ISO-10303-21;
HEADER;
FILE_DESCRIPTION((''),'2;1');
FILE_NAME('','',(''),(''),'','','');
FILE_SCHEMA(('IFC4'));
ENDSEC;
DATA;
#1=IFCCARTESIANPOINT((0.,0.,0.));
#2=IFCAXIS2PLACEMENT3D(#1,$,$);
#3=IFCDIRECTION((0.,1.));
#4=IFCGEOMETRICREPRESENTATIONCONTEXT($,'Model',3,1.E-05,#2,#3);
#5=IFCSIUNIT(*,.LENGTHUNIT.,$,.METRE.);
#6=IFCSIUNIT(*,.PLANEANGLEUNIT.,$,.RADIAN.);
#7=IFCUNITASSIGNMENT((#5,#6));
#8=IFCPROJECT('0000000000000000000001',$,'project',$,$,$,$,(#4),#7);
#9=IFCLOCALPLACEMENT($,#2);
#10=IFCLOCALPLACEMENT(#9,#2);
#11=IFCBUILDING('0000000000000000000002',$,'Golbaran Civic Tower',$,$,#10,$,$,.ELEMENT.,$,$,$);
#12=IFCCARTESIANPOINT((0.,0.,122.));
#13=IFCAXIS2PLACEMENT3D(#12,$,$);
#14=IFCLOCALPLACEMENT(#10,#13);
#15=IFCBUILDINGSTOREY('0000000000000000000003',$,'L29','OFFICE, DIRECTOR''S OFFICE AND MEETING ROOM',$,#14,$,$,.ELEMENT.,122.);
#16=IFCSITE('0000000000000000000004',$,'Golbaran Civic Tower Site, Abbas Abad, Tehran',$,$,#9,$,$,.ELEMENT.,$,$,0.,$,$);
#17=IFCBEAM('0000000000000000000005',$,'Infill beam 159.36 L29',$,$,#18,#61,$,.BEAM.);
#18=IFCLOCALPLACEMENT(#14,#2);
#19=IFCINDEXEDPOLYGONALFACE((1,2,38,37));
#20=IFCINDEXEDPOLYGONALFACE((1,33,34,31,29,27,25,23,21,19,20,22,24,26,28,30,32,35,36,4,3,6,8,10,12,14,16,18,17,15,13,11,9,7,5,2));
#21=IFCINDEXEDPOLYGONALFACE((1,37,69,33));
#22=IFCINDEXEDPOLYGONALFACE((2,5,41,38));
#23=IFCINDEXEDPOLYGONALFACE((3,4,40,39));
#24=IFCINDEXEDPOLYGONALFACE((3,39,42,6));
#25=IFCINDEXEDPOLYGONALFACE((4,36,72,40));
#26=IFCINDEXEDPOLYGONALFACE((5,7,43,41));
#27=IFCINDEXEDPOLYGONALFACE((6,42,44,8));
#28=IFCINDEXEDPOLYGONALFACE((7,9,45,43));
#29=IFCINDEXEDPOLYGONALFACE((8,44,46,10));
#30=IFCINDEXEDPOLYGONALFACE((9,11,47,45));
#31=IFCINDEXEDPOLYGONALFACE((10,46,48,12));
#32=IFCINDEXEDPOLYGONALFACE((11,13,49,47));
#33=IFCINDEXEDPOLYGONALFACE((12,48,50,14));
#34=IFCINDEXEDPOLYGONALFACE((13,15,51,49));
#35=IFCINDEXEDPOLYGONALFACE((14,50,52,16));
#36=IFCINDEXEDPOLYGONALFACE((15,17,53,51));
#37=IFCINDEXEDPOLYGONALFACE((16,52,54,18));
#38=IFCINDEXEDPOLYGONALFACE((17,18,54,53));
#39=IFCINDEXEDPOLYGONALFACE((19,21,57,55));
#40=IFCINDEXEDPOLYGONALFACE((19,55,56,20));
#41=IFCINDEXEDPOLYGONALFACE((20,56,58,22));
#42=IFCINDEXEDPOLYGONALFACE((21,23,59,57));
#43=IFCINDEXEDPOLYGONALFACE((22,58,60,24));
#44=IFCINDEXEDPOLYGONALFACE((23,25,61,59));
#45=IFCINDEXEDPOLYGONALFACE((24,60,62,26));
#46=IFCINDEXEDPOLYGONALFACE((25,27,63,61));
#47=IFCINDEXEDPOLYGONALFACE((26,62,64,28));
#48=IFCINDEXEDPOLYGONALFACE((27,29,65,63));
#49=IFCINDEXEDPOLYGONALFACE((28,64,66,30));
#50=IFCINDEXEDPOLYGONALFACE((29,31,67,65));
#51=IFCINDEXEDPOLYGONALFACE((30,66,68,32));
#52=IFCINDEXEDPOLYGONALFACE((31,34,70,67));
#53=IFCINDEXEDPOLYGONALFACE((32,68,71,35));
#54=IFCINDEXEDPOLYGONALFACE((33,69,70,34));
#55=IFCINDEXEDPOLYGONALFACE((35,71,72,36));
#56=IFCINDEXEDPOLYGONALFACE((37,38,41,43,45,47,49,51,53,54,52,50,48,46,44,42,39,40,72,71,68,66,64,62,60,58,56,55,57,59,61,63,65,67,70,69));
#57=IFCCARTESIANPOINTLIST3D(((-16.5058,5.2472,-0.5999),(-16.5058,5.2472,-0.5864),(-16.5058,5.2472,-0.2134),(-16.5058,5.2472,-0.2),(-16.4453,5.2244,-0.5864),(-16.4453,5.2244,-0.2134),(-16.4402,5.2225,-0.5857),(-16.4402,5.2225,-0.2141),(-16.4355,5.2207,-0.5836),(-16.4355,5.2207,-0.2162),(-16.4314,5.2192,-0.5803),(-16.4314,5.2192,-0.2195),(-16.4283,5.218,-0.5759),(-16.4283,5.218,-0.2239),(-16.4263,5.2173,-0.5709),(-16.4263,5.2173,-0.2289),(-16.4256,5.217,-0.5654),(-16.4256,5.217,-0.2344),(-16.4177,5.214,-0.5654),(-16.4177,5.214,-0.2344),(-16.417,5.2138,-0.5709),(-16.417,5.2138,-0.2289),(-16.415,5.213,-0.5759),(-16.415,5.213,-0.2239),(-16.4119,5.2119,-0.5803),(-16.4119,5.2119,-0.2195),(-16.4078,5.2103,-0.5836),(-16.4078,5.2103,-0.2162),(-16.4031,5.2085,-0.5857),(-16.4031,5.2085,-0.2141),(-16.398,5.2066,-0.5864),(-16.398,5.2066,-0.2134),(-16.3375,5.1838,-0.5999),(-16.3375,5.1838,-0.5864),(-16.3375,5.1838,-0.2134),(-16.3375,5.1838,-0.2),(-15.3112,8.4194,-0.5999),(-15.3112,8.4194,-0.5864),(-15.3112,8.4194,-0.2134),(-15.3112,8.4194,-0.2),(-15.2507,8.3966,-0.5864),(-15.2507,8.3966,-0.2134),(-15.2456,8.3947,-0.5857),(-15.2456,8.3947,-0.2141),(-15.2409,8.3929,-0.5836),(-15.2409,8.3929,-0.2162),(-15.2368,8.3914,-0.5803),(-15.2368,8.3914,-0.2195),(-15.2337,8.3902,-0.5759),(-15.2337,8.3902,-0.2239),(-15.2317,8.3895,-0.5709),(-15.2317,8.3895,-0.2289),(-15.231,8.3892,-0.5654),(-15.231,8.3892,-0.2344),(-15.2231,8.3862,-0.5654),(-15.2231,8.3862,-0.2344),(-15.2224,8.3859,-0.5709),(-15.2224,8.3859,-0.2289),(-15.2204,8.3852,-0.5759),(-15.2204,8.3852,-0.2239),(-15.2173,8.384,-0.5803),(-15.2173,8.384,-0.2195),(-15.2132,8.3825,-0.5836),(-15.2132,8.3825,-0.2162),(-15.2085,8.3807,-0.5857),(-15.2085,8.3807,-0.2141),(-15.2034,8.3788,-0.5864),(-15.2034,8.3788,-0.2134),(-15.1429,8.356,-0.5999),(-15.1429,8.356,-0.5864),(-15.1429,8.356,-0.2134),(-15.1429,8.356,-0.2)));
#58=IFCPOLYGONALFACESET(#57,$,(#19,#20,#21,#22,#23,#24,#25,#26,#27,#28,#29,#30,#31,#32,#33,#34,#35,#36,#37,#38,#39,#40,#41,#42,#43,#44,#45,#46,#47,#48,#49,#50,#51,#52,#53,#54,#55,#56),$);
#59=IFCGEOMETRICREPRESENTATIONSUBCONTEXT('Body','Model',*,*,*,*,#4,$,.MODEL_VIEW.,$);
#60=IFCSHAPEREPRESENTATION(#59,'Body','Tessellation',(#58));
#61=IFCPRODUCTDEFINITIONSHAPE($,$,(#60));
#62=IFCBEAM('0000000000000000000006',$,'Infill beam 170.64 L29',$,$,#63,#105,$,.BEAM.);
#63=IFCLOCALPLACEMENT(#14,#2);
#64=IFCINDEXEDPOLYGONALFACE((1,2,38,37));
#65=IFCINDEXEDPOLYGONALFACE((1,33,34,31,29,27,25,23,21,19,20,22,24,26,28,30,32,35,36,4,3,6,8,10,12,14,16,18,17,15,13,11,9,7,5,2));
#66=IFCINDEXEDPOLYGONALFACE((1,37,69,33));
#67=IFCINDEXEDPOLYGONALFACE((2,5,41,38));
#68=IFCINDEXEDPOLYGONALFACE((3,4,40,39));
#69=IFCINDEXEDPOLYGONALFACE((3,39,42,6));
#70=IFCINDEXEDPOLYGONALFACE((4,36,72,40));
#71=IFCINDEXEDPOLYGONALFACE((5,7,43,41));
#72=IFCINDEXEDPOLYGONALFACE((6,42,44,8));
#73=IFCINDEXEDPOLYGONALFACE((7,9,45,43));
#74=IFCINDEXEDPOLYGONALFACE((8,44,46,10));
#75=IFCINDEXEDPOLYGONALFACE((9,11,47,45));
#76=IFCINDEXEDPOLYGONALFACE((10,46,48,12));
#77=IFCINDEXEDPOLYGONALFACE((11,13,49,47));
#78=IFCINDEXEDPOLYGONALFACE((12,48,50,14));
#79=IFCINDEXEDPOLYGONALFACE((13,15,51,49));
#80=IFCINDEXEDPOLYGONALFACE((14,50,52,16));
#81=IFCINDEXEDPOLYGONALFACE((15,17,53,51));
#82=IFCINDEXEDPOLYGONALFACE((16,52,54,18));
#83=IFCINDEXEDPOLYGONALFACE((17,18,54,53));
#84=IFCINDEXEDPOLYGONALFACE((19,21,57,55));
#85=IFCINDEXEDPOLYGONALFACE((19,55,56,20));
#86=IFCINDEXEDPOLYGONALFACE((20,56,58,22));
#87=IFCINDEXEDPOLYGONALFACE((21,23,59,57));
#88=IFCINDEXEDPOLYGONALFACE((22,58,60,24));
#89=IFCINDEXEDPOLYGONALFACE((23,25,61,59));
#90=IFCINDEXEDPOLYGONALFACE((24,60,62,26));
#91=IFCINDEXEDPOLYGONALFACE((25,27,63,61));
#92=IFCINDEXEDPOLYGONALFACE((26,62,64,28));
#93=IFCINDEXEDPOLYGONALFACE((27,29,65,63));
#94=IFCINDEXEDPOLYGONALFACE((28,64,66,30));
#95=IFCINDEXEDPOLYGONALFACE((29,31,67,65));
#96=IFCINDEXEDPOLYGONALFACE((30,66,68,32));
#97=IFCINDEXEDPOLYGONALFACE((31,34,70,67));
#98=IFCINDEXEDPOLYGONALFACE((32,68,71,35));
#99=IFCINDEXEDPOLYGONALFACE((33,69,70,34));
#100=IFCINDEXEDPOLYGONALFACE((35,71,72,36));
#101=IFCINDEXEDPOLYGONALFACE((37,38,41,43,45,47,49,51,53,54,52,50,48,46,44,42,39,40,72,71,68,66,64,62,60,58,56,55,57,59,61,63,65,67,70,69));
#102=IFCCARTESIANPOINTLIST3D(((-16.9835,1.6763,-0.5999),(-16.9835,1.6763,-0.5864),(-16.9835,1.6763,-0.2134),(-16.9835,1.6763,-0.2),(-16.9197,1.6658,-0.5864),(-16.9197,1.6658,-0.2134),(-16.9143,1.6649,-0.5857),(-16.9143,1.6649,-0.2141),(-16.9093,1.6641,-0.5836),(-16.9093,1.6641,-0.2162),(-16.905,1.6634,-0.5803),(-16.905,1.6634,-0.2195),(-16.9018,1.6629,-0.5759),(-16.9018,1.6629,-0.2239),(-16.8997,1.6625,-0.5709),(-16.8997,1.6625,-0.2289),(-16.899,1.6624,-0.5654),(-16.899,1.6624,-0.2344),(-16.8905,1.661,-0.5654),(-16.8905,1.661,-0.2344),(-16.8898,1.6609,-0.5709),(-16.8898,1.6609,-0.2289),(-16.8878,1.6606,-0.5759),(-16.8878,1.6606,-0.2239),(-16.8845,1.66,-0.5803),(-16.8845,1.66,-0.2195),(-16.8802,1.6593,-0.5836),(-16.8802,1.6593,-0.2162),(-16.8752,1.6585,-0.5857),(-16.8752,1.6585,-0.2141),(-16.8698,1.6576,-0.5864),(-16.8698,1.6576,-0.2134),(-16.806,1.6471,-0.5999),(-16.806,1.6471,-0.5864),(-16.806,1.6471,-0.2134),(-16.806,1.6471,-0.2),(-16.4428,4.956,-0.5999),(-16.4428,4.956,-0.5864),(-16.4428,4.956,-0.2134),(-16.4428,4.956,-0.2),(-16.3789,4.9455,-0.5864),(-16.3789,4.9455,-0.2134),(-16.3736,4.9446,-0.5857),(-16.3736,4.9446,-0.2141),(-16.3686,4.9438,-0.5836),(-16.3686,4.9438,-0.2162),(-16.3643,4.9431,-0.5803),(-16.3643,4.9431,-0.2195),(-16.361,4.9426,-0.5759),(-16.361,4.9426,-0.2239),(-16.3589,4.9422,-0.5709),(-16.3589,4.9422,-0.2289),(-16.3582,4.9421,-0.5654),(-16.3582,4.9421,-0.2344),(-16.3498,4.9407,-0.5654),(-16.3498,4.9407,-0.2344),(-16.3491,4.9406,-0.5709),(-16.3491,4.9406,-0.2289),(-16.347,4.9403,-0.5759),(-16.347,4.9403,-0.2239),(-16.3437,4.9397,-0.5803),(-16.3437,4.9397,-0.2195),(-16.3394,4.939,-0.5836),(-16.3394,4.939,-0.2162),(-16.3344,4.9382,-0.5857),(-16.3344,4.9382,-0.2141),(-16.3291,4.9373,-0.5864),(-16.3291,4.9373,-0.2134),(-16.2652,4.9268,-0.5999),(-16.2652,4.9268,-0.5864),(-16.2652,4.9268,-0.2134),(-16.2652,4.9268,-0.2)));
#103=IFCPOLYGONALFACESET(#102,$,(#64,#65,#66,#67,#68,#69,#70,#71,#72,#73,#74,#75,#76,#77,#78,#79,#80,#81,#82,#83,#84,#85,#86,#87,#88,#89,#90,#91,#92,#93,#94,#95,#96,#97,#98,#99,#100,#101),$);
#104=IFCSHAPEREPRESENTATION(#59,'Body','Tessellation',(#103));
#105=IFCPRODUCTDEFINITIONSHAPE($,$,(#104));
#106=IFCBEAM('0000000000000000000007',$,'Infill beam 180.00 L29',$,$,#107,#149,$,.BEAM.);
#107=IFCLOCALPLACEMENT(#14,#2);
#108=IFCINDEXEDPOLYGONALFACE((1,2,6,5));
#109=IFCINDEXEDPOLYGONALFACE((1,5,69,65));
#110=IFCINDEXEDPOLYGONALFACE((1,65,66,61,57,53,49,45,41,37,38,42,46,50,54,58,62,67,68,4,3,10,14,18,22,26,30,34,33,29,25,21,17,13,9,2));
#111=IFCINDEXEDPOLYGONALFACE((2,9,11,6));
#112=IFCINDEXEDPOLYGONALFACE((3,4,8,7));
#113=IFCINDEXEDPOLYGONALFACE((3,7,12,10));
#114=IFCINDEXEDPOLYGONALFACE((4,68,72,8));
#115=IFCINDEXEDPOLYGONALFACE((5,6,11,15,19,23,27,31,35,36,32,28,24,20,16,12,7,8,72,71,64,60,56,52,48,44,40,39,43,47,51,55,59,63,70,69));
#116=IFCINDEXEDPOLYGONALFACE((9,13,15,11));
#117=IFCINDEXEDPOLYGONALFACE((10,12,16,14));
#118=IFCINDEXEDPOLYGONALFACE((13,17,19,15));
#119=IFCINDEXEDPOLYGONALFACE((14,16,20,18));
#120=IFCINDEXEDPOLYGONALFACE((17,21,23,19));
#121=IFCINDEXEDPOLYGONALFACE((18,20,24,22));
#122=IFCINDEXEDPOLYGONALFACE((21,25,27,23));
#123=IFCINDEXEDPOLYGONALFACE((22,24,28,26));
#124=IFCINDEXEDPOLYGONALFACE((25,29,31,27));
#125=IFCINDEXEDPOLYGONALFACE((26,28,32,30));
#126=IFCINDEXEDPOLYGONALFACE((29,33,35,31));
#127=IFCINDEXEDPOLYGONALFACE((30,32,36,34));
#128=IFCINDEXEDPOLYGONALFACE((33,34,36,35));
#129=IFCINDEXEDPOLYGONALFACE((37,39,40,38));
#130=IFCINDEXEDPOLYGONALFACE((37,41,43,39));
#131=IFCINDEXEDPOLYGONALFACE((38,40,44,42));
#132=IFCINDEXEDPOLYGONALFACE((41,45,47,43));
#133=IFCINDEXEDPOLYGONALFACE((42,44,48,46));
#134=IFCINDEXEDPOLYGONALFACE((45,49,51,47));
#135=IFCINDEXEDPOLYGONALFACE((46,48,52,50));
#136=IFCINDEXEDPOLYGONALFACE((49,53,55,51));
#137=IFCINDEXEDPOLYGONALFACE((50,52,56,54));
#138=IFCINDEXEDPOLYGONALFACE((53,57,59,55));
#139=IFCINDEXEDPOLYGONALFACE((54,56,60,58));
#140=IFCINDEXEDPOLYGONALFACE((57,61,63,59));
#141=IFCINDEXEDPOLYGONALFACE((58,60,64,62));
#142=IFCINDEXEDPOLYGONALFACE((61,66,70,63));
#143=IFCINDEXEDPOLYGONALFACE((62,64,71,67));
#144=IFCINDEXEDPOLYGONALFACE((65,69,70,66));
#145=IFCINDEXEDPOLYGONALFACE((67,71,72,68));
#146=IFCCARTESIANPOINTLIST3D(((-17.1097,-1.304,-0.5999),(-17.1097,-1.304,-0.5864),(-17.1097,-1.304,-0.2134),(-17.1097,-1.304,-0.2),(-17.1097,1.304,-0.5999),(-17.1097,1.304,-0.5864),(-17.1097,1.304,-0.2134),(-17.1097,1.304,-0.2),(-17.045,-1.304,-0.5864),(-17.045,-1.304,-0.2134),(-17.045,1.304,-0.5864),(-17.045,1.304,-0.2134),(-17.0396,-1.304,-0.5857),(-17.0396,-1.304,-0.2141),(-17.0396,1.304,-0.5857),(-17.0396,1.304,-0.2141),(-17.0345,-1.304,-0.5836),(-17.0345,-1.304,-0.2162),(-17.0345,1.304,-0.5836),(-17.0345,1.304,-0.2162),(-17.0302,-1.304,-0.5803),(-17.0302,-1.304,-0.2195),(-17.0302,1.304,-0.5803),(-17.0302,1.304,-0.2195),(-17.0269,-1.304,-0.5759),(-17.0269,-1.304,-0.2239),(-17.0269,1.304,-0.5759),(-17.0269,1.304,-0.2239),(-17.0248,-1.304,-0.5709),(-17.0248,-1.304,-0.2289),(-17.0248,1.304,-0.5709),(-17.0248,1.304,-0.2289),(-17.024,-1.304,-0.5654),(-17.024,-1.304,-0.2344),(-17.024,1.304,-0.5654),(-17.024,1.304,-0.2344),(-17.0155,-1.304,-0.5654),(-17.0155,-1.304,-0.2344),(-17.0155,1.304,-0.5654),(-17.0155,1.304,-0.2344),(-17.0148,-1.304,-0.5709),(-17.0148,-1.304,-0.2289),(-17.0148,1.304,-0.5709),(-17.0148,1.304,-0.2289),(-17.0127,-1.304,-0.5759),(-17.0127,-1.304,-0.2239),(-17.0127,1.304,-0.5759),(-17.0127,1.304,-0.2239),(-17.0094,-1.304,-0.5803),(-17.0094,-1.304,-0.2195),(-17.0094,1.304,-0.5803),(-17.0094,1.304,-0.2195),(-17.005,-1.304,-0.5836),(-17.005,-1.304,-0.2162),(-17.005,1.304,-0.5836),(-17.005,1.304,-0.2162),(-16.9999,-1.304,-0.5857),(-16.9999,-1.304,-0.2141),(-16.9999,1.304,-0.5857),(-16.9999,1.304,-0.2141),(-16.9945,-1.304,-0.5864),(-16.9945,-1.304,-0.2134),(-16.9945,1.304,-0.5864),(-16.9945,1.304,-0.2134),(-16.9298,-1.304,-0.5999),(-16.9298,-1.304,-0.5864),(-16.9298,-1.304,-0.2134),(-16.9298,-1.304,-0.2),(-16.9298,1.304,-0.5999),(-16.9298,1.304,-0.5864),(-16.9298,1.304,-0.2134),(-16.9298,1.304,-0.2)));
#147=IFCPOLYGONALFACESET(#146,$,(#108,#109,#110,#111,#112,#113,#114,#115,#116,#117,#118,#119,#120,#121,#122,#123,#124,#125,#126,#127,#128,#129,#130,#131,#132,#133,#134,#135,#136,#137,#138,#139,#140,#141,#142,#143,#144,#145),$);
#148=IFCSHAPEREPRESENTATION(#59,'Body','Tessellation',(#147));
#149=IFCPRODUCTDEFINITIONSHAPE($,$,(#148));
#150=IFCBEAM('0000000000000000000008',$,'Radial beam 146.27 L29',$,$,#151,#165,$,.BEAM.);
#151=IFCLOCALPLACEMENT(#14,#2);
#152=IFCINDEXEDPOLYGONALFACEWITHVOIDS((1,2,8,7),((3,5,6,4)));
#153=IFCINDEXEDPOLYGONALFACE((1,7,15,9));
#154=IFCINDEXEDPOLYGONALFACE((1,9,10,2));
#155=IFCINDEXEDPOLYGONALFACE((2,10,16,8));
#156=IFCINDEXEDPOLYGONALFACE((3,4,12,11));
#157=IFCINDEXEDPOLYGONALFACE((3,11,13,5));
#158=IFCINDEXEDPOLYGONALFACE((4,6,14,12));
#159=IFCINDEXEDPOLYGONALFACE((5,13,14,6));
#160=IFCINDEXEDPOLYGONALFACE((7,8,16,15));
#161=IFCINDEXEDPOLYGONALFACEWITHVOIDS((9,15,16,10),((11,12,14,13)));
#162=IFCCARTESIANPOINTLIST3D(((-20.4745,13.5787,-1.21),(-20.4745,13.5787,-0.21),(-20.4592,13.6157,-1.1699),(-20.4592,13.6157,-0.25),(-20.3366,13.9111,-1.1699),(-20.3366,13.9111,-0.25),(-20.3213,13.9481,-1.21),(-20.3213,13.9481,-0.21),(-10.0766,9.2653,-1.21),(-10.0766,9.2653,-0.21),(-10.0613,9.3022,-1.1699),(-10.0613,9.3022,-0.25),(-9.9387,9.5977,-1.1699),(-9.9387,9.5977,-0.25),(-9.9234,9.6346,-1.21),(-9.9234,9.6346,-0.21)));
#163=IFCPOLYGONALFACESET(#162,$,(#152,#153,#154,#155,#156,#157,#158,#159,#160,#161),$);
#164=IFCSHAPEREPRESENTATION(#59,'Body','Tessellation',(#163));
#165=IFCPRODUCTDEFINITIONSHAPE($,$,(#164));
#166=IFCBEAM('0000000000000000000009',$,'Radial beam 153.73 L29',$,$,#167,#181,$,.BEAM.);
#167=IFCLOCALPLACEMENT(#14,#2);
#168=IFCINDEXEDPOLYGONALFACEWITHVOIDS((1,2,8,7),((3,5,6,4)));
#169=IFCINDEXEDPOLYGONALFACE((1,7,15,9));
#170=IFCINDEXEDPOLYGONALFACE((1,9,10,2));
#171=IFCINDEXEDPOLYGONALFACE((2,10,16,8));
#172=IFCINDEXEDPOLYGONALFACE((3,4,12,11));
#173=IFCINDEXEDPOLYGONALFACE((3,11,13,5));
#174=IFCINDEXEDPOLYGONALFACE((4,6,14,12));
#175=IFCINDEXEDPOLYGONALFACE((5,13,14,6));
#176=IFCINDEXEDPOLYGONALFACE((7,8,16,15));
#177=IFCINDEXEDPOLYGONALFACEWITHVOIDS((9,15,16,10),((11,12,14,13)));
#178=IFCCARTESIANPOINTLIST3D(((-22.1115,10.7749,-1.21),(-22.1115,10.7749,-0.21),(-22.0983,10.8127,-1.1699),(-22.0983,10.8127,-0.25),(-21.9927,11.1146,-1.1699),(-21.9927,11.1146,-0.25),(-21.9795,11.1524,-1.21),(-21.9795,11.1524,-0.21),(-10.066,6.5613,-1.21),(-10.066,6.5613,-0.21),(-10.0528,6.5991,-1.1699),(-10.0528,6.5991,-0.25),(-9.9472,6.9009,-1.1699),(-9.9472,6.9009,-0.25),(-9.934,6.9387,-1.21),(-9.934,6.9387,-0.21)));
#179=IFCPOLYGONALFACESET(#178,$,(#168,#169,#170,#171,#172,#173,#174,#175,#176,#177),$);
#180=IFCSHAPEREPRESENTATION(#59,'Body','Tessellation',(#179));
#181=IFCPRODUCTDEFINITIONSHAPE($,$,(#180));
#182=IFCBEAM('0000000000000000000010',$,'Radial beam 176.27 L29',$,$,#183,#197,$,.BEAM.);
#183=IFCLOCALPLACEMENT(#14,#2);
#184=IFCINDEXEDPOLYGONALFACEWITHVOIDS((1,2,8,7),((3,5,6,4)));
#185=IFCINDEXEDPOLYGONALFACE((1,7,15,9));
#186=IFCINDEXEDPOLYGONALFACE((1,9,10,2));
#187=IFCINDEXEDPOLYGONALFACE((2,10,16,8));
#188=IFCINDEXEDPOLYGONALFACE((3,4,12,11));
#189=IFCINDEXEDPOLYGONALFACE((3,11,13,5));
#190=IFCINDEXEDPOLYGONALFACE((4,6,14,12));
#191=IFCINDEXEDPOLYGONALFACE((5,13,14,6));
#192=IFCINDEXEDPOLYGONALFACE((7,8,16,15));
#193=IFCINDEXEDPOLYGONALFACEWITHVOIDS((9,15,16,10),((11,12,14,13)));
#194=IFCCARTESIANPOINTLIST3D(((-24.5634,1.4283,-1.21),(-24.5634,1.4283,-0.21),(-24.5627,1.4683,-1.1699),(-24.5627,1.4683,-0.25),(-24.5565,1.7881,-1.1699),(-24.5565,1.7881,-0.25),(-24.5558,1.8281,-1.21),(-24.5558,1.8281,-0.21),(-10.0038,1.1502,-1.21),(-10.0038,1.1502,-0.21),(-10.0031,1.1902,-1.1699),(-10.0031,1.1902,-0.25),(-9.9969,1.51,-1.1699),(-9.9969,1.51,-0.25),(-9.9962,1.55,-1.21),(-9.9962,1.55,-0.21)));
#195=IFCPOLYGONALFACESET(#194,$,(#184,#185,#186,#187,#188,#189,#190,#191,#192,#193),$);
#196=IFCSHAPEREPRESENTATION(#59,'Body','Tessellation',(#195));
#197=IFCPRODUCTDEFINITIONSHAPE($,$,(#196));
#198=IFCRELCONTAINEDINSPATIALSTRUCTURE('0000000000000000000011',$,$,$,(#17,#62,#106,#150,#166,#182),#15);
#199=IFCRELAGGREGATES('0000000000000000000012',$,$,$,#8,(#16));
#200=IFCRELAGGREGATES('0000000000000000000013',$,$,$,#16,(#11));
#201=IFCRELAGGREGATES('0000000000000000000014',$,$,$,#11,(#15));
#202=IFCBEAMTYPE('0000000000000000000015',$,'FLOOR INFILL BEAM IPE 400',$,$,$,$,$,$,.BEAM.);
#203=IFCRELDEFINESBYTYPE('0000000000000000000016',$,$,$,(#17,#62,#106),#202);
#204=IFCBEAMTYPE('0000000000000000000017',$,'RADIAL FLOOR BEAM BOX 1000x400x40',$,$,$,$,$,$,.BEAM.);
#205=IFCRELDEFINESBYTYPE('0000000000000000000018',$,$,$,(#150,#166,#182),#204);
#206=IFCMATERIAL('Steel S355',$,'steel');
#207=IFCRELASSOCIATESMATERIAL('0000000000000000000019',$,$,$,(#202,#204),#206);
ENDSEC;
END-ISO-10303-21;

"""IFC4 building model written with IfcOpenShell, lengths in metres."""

from ifc_helpers import new_model, si_unit, direction, frame, origin, origin_2d, place, context, subcontext, project, spatial, hollow_rectangle, i_section, extrude, material, material_profile, profile_set, type_object, element, save


model = new_model("IFC4")

# Units and contexts
model_context = context("Model", 3, precision=1e-05, world=origin(), true_north=direction((0.0, 1.0)))
body_context = subcontext(model_context, "Body", "Model", "MODEL_VIEW")
ifc_project = project(units=[si_unit("LENGTHUNIT", "METRE"), si_unit("PLANEANGLEUNIT", "RADIAN")], contexts=[model_context])

# Site, building, storey
site_placement = place(None, origin())
site = spatial("IfcSite", under=ifc_project, at=site_placement, Name="Golbaran Civic Tower Site, Abbas Abad, Tehran", CompositionType="ELEMENT", RefElevation=0.0)
building_placement = place(site_placement, origin())
building = spatial("IfcBuilding", under=site, at=building_placement, Name="Golbaran Civic Tower", CompositionType="ELEMENT")
storey_placement = place(building_placement, frame((0.0, 0.0, 122.0)))
storey = spatial("IfcBuildingStorey", under=building, at=storey_placement, Name="L29", Description="OFFICE, DIRECTOR'S OFFICE AND MEETING ROOM", CompositionType="ELEMENT", Elevation=122.0)

# Beams
ifc_material_1 = material(Name="Steel S355", Category="steel")
ifc_material_profile_1 = material_profile(ifc_material_1, i_section(OverallWidth=0.1799, OverallDepth=0.3999, WebThickness=0.0085, FlangeThickness=0.0134, FilletRadius=0.021, at=origin_2d()), Name="IPE 400")
ifc_profile_set_1 = profile_set([ifc_material_profile_1], Name="Steel S355")
beam_type_1 = type_object("IfcBeamType", Name="FLOOR INFILL BEAM IPE 400", PredefinedType="BEAM", material=ifc_profile_set_1)
beam_1_placement = place(storey_placement, frame((-15.2271, 8.3877, -0.3999), z_axis=(-0.352425, -0.93584, 0.0), x_axis=(0.93584, -0.352425, 0.0)))
element("IfcBeam", 1, at=beam_1_placement, inside=storey, type_object=beam_type_1, Name="Infill beam 159.36 L29", PredefinedType="BEAM", context=body_context, shape_type="SweptSolid", body=[
    extrude(i_section(OverallWidth=0.1799, OverallDepth=0.3999, WebThickness=0.0085, FlangeThickness=0.0134, FilletRadius=0.021, at=origin_2d()), origin(), (0.0, 0.0, 1.0), 3.3896),
])
beam_2_placement = place(storey_placement, frame((-16.354, 4.9414, -0.3999), z_axis=(-0.162684, -0.986678, 0.0), x_axis=(0.986678, -0.162684, 0.0)))
element("IfcBeam", 2, at=beam_2_placement, inside=storey, type_object=beam_type_1, Name="Infill beam 170.64 L29", PredefinedType="BEAM", context=body_context, shape_type="SweptSolid", body=[
    extrude(i_section(OverallWidth=0.1799, OverallDepth=0.3999, WebThickness=0.0085, FlangeThickness=0.0134, FilletRadius=0.021, at=origin_2d()), origin(), (0.0, 0.0, 1.0), 3.324),
])
beam_3_placement = place(storey_placement, frame((-17.0198, 1.304, -0.3999), z_axis=(0.0, -1.0, 0.0), x_axis=(1.0, 0.0, 0.0)))
element("IfcBeam", 3, at=beam_3_placement, inside=storey, type_object=beam_type_1, Name="Infill beam 180.00 L29", PredefinedType="BEAM", context=body_context, shape_type="SweptSolid", body=[
    extrude(i_section(OverallWidth=0.1799, OverallDepth=0.3999, WebThickness=0.0085, FlangeThickness=0.0134, FilletRadius=0.021, at=origin_2d()), origin(), (0.0, 0.0, 1.0), 2.6079),
])
ifc_material_profile_2 = material_profile(ifc_material_1, hollow_rectangle(XDim=0.3999, YDim=1.0, WallThickness=0.04, at=origin_2d()), Name="BOX 1000x400x40")
ifc_profile_set_2 = profile_set([ifc_material_profile_2], Name="Steel S355")
beam_type_2 = type_object("IfcBeamType", Name="RADIAL FLOOR BEAM BOX 1000x400x40", PredefinedType="BEAM", material=ifc_profile_set_2)
beam_4_placement = place(storey_placement, frame((-10.0, 9.45, -0.71), z_axis=(-0.923675, 0.383177, 0.0), x_axis=(-0.383177, -0.923675, 0.0)))
element("IfcBeam", 4, at=beam_4_placement, inside=storey, type_object=beam_type_2, Name="Radial beam 146.27 L29", PredefinedType="BEAM", context=body_context, shape_type="SweptSolid", body=[
    extrude(hollow_rectangle(XDim=0.3999, YDim=1.0, WallThickness=0.04, at=origin_2d()), origin(), (0.0, 0.0, 1.0), 11.2571),
])
beam_5_placement = place(storey_placement, frame((-10.0, 6.75, -0.71), z_axis=(-0.943914, 0.330192, 0.0), x_axis=(-0.330192, -0.943914, 0.0)))
element("IfcBeam", 5, at=beam_5_placement, inside=storey, type_object=beam_type_2, Name="Radial beam 153.73 L29", PredefinedType="BEAM", context=body_context, shape_type="SweptSolid", body=[
    extrude(hollow_rectangle(XDim=0.3999, YDim=1.0, WallThickness=0.04, at=origin_2d()), origin(), (0.0, 0.0, 1.0), 12.7612),
])
beam_6_placement = place(storey_placement, frame((-10.0, 1.3501, -0.71), z_axis=(-0.999818, 0.019096, 0.0), x_axis=(-0.019096, -0.999818, 0.0)))
element("IfcBeam", 6, at=beam_6_placement, inside=storey, type_object=beam_type_2, Name="Radial beam 176.27 L29", PredefinedType="BEAM", context=body_context, shape_type="SweptSolid", body=[
    extrude(hollow_rectangle(XDim=0.3999, YDim=1.0, WallThickness=0.04, at=origin_2d()), origin(), (0.0, 0.0, 1.0), 14.5623),
])

save(model, "model.ifc")
